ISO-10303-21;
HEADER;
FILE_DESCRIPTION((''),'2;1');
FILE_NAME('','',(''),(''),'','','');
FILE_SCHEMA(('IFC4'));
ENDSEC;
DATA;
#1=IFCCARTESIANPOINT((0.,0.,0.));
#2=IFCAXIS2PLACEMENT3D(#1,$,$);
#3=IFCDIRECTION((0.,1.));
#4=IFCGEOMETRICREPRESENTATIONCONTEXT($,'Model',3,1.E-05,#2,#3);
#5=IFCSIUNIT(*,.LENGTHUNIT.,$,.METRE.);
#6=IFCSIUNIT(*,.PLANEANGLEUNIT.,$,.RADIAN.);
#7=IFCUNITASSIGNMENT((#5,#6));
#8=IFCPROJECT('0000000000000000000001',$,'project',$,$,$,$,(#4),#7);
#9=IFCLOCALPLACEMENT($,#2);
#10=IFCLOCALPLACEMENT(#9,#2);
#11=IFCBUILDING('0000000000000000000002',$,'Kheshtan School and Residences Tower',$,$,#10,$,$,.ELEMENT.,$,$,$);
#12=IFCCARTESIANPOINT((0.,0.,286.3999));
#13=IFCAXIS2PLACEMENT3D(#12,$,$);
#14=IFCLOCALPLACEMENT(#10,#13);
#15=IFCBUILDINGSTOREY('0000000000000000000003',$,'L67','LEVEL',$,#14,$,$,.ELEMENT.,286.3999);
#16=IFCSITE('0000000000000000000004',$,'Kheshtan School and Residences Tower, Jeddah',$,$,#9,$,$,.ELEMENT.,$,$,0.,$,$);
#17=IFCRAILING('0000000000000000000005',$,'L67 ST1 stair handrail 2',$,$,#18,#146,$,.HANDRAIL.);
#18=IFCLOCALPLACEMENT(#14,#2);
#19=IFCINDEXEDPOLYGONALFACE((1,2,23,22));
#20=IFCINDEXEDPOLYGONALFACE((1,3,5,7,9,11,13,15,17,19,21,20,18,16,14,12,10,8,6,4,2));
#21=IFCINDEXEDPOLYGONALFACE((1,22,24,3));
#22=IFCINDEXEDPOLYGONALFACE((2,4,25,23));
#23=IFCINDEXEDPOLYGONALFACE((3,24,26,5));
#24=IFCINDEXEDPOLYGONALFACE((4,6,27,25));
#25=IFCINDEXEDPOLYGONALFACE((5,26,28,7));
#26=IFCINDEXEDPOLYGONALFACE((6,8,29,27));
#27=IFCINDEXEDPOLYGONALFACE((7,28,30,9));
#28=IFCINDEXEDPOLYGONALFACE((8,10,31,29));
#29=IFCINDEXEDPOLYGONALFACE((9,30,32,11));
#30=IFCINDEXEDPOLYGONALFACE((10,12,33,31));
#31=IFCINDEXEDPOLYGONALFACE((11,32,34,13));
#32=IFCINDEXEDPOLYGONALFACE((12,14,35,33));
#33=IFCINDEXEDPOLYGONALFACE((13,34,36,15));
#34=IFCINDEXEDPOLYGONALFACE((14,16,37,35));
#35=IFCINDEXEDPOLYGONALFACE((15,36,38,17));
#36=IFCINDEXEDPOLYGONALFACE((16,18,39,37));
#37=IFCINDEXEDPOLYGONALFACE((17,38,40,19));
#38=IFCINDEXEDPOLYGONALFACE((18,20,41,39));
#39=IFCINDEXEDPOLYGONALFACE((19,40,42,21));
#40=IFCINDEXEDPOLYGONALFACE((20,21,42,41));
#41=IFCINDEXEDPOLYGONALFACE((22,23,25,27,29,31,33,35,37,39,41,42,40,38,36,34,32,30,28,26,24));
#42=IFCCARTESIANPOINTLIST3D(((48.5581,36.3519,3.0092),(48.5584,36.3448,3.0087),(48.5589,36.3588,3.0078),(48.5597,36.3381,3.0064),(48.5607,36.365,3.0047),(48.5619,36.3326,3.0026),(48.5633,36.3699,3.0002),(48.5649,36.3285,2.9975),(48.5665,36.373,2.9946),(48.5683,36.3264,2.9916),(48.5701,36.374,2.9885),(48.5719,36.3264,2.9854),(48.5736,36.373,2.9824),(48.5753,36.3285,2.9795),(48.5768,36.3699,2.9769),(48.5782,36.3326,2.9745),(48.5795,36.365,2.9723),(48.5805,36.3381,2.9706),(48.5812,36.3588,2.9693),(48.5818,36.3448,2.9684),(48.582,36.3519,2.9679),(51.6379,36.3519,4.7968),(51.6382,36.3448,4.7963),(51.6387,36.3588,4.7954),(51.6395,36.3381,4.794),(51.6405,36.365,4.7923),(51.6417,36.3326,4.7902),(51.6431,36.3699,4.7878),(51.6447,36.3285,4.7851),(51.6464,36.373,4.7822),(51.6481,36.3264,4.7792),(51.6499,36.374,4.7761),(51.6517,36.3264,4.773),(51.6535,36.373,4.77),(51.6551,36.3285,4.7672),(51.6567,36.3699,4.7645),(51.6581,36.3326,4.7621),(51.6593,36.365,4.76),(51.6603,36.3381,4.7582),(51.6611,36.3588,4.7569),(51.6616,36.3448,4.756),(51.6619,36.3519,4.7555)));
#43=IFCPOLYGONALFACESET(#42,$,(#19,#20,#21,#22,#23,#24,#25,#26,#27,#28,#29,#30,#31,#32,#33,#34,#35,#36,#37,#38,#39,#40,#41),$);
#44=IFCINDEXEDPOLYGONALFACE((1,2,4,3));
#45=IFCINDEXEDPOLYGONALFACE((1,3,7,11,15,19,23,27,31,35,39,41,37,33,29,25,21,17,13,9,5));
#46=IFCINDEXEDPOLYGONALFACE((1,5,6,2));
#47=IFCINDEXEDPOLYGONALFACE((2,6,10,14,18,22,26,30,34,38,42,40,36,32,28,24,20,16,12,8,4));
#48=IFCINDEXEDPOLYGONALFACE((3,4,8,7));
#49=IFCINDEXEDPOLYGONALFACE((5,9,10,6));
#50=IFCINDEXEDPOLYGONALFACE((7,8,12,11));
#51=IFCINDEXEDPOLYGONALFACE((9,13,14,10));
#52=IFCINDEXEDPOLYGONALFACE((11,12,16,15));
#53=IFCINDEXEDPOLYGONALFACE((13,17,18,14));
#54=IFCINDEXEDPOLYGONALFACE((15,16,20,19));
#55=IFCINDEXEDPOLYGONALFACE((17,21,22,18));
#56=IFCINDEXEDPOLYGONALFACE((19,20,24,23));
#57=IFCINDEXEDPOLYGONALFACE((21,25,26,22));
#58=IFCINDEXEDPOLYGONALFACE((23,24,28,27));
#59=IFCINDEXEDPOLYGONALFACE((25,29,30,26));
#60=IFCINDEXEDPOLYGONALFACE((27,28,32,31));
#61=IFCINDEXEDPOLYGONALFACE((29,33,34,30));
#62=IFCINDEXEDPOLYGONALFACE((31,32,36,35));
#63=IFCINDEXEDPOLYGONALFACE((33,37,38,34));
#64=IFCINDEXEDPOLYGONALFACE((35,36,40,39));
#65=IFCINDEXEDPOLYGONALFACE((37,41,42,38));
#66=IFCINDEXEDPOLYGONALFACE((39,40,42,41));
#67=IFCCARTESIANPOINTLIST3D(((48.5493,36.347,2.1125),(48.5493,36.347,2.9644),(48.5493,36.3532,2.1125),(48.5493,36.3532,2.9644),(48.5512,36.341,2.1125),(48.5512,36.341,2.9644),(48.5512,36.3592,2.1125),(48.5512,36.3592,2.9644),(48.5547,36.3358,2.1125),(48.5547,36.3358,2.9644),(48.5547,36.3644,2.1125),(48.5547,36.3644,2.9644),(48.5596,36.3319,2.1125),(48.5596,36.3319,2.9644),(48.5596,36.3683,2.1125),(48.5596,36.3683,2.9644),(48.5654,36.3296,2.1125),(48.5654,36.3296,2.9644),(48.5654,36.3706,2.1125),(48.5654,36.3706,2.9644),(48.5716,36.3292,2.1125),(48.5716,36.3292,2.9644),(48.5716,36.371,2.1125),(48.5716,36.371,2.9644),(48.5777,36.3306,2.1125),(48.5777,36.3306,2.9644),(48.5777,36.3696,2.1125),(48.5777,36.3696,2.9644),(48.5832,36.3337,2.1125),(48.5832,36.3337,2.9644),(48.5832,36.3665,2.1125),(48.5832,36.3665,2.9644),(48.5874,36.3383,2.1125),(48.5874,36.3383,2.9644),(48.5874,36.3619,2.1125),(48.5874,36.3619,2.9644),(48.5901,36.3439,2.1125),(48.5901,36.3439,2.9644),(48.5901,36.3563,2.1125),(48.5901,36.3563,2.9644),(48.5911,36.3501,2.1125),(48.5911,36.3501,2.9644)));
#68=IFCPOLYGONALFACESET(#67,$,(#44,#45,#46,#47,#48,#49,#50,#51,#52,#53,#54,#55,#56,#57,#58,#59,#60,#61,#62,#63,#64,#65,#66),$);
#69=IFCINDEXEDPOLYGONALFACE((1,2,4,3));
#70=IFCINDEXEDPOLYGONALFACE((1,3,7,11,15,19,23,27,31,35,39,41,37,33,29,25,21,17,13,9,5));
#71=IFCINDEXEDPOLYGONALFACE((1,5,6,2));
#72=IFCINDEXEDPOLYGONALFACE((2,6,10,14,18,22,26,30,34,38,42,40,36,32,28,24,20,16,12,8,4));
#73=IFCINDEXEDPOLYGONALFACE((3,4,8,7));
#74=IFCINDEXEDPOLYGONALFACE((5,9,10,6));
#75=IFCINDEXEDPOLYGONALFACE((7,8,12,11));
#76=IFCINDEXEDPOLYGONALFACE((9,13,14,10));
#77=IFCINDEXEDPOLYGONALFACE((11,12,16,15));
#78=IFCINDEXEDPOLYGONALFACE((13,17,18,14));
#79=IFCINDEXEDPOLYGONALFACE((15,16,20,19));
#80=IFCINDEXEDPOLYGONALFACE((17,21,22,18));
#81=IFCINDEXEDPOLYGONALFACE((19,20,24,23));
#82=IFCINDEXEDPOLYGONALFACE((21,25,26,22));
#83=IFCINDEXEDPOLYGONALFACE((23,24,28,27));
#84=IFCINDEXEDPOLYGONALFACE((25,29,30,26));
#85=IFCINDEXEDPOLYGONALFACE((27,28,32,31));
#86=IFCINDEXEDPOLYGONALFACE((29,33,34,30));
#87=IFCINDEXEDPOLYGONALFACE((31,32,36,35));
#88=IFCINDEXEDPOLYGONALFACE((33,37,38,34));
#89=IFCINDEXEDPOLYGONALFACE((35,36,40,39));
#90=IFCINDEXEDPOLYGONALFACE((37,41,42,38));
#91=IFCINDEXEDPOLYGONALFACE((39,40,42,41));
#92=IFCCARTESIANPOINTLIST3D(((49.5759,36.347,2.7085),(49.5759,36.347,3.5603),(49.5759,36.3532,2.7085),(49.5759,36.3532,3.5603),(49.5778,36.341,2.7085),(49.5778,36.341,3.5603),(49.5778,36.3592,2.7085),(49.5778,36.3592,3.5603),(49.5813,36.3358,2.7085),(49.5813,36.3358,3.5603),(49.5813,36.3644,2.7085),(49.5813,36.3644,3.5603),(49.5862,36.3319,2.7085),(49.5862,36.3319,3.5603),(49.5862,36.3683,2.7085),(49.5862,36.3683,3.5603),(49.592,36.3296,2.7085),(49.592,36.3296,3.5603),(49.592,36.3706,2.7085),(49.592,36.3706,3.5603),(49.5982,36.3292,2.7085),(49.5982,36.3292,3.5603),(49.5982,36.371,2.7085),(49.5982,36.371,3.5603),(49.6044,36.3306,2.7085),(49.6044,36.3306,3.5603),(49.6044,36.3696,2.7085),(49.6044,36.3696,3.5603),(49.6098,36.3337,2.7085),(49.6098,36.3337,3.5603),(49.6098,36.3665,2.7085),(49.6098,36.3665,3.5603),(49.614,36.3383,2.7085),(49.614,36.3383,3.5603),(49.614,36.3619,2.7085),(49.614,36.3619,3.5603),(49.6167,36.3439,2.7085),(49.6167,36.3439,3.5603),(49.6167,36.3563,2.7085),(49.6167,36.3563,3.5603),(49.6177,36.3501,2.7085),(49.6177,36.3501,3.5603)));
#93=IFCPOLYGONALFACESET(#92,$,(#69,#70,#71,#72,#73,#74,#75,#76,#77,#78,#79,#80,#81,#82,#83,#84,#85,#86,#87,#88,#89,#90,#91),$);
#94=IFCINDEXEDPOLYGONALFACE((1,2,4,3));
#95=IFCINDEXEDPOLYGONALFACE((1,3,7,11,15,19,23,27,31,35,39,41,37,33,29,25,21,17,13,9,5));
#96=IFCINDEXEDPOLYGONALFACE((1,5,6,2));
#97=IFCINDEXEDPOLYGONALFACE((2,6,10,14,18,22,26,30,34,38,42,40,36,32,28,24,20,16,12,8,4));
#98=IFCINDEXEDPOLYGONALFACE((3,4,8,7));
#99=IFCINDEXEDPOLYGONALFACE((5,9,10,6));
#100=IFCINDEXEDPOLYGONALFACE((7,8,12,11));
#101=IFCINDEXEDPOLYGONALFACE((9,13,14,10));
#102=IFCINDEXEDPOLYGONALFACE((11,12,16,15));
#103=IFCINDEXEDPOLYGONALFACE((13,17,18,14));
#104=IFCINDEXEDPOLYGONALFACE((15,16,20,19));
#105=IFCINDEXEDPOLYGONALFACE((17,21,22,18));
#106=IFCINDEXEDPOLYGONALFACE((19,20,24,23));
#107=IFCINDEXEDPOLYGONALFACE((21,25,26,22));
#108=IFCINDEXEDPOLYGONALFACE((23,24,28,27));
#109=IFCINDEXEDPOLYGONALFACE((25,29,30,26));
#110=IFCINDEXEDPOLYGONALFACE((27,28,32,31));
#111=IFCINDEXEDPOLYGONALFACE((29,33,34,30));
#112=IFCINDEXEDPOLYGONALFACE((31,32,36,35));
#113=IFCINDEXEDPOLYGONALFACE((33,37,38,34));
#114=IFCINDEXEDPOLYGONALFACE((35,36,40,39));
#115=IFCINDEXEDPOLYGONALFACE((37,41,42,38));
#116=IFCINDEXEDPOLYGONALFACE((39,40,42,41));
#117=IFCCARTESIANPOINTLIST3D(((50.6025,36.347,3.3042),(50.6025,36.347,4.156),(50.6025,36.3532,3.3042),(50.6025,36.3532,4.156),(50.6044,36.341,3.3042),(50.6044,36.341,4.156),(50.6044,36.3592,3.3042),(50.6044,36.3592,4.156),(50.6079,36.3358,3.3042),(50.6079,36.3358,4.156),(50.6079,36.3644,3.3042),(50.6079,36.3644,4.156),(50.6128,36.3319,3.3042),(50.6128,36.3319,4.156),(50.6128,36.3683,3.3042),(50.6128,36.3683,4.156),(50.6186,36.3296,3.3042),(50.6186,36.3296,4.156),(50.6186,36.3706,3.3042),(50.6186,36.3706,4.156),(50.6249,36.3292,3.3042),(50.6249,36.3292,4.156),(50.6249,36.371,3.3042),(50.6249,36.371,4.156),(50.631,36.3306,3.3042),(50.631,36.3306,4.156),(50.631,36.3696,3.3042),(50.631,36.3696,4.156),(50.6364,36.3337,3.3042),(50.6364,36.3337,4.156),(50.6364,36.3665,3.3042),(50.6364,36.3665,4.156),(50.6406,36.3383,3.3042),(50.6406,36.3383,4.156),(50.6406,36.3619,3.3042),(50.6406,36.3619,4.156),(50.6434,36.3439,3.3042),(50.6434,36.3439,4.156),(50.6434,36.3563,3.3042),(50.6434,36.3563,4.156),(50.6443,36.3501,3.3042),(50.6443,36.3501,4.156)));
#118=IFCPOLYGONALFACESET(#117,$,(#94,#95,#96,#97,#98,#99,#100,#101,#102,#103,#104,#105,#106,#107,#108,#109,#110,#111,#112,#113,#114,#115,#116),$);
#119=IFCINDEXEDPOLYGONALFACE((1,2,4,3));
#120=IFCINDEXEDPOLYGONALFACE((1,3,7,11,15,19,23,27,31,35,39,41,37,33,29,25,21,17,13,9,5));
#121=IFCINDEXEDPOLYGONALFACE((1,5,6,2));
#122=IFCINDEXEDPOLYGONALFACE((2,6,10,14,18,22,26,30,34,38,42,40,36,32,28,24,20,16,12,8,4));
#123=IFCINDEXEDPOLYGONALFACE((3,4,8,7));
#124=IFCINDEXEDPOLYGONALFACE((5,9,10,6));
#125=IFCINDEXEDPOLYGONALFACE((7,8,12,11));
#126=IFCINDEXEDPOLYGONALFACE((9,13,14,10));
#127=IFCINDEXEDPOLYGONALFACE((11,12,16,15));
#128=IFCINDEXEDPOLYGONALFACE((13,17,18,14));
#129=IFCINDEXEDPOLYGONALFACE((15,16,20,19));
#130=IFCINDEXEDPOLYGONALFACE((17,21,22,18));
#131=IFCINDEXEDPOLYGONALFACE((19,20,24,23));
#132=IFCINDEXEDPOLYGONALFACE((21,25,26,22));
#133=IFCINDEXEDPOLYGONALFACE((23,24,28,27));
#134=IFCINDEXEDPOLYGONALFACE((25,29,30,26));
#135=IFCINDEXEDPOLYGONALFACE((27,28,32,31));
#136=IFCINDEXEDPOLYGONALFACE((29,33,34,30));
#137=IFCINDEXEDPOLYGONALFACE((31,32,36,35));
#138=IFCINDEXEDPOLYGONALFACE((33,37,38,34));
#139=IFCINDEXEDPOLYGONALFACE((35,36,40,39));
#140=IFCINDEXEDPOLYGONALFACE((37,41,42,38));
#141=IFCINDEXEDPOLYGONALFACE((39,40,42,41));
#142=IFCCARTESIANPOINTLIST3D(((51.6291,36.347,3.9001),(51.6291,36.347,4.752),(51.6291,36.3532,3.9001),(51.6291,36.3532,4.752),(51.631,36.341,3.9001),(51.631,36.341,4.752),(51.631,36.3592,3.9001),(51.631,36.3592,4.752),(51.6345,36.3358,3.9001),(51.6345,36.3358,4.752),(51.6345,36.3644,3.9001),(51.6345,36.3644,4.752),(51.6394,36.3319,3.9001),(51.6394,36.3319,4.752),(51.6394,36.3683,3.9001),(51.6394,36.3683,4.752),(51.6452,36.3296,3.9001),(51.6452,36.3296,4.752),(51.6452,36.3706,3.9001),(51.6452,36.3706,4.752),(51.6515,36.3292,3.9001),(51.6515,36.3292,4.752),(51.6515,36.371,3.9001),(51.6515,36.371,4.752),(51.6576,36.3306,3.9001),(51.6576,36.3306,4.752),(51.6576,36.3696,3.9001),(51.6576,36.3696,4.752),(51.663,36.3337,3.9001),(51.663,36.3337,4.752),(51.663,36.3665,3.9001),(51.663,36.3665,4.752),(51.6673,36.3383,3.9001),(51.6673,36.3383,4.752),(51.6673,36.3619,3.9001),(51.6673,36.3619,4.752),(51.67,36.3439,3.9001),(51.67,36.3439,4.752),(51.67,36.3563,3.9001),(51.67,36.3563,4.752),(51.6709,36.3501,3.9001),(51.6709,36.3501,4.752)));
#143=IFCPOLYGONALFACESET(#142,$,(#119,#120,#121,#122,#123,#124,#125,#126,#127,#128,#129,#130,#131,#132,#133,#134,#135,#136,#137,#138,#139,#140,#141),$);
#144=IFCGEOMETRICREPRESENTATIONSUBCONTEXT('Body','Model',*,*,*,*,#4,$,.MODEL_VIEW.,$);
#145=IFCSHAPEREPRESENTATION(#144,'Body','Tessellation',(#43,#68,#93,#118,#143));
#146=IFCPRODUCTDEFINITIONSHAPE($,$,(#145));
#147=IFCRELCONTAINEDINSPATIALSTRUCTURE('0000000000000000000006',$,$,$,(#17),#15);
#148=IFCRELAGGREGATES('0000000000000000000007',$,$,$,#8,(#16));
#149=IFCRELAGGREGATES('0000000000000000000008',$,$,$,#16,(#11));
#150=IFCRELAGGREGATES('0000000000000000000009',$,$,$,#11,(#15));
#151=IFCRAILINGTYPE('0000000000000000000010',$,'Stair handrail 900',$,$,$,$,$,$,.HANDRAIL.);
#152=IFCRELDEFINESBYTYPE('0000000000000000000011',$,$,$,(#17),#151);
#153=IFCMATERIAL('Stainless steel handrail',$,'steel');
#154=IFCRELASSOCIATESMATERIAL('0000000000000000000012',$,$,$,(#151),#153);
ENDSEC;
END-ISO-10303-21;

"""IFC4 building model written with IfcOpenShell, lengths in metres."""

from ifc_helpers import new_model, si_unit, direction, frame, origin, origin_2d, place, context, subcontext, project, spatial, circle, extrude, material, type_object, element, save


model = new_model("IFC4")

# Units and contexts
model_context = context("Model", 3, precision=1e-05, world=origin(), true_north=direction((0.0, 1.0)))
body_context = subcontext(model_context, "Body", "Model", "MODEL_VIEW")
ifc_project = project(units=[si_unit("LENGTHUNIT", "METRE"), si_unit("PLANEANGLEUNIT", "RADIAN")], contexts=[model_context])

# Site, building, storey
site_placement = place(None, origin())
site = spatial("IfcSite", under=ifc_project, at=site_placement, Name="Kheshtan School and Residences Tower, Jeddah", CompositionType="ELEMENT", RefElevation=0.0)
building_placement = place(site_placement, origin())
building = spatial("IfcBuilding", under=site, at=building_placement, Name="Kheshtan School and Residences Tower", CompositionType="ELEMENT")
storey_placement = place(building_placement, frame((0.0, 0.0, 286.3999)))
storey = spatial("IfcBuildingStorey", under=building, at=storey_placement, Name="L67", Description="LEVEL", CompositionType="ELEMENT", Elevation=286.3999)

# Railing
ifc_material_1 = material(Name="Stainless steel handrail", Category="steel")
railing_type = type_object("IfcRailingType", Name="Stair handrail 900", PredefinedType="HANDRAIL", material=ifc_material_1)
railing_1_placement = place(storey_placement, frame((48.5701, 36.3501, 2.1125)))
element("IfcRailing", 1, at=railing_1_placement, inside=storey, type_object=railing_type, Name="L67 ST1 stair handrail 2", PredefinedType="HANDRAIL", context=body_context, shape_type="SweptSolid", body=[
    extrude(circle(Radius=0.0239, at=origin_2d()), frame((0.0, 0.0, 0.876), z_axis=(0.864873, 0.0, 0.50199), x_axis=(0.0, 1.0, 0.0)), (0.0, 0.0, 1.0), 3.561),
    extrude(circle(Radius=0.021, at=origin_2d()), origin(), (0.0, 0.0, 1.0), 0.8518),
    extrude(circle(Radius=0.021, at=origin_2d()), frame((1.0266, 0.0, 0.5959)), (0.0, 0.0, 1.0), 0.8518),
    extrude(circle(Radius=0.021, at=origin_2d()), frame((2.0532, 0.0, 1.1917)), (0.0, 0.0, 1.0), 0.8518),
    extrude(circle(Radius=0.021, at=origin_2d()), frame((3.0798, 0.0, 1.7876)), (0.0, 0.0, 1.0), 0.8518),
])

save(model, "model.ifc")
